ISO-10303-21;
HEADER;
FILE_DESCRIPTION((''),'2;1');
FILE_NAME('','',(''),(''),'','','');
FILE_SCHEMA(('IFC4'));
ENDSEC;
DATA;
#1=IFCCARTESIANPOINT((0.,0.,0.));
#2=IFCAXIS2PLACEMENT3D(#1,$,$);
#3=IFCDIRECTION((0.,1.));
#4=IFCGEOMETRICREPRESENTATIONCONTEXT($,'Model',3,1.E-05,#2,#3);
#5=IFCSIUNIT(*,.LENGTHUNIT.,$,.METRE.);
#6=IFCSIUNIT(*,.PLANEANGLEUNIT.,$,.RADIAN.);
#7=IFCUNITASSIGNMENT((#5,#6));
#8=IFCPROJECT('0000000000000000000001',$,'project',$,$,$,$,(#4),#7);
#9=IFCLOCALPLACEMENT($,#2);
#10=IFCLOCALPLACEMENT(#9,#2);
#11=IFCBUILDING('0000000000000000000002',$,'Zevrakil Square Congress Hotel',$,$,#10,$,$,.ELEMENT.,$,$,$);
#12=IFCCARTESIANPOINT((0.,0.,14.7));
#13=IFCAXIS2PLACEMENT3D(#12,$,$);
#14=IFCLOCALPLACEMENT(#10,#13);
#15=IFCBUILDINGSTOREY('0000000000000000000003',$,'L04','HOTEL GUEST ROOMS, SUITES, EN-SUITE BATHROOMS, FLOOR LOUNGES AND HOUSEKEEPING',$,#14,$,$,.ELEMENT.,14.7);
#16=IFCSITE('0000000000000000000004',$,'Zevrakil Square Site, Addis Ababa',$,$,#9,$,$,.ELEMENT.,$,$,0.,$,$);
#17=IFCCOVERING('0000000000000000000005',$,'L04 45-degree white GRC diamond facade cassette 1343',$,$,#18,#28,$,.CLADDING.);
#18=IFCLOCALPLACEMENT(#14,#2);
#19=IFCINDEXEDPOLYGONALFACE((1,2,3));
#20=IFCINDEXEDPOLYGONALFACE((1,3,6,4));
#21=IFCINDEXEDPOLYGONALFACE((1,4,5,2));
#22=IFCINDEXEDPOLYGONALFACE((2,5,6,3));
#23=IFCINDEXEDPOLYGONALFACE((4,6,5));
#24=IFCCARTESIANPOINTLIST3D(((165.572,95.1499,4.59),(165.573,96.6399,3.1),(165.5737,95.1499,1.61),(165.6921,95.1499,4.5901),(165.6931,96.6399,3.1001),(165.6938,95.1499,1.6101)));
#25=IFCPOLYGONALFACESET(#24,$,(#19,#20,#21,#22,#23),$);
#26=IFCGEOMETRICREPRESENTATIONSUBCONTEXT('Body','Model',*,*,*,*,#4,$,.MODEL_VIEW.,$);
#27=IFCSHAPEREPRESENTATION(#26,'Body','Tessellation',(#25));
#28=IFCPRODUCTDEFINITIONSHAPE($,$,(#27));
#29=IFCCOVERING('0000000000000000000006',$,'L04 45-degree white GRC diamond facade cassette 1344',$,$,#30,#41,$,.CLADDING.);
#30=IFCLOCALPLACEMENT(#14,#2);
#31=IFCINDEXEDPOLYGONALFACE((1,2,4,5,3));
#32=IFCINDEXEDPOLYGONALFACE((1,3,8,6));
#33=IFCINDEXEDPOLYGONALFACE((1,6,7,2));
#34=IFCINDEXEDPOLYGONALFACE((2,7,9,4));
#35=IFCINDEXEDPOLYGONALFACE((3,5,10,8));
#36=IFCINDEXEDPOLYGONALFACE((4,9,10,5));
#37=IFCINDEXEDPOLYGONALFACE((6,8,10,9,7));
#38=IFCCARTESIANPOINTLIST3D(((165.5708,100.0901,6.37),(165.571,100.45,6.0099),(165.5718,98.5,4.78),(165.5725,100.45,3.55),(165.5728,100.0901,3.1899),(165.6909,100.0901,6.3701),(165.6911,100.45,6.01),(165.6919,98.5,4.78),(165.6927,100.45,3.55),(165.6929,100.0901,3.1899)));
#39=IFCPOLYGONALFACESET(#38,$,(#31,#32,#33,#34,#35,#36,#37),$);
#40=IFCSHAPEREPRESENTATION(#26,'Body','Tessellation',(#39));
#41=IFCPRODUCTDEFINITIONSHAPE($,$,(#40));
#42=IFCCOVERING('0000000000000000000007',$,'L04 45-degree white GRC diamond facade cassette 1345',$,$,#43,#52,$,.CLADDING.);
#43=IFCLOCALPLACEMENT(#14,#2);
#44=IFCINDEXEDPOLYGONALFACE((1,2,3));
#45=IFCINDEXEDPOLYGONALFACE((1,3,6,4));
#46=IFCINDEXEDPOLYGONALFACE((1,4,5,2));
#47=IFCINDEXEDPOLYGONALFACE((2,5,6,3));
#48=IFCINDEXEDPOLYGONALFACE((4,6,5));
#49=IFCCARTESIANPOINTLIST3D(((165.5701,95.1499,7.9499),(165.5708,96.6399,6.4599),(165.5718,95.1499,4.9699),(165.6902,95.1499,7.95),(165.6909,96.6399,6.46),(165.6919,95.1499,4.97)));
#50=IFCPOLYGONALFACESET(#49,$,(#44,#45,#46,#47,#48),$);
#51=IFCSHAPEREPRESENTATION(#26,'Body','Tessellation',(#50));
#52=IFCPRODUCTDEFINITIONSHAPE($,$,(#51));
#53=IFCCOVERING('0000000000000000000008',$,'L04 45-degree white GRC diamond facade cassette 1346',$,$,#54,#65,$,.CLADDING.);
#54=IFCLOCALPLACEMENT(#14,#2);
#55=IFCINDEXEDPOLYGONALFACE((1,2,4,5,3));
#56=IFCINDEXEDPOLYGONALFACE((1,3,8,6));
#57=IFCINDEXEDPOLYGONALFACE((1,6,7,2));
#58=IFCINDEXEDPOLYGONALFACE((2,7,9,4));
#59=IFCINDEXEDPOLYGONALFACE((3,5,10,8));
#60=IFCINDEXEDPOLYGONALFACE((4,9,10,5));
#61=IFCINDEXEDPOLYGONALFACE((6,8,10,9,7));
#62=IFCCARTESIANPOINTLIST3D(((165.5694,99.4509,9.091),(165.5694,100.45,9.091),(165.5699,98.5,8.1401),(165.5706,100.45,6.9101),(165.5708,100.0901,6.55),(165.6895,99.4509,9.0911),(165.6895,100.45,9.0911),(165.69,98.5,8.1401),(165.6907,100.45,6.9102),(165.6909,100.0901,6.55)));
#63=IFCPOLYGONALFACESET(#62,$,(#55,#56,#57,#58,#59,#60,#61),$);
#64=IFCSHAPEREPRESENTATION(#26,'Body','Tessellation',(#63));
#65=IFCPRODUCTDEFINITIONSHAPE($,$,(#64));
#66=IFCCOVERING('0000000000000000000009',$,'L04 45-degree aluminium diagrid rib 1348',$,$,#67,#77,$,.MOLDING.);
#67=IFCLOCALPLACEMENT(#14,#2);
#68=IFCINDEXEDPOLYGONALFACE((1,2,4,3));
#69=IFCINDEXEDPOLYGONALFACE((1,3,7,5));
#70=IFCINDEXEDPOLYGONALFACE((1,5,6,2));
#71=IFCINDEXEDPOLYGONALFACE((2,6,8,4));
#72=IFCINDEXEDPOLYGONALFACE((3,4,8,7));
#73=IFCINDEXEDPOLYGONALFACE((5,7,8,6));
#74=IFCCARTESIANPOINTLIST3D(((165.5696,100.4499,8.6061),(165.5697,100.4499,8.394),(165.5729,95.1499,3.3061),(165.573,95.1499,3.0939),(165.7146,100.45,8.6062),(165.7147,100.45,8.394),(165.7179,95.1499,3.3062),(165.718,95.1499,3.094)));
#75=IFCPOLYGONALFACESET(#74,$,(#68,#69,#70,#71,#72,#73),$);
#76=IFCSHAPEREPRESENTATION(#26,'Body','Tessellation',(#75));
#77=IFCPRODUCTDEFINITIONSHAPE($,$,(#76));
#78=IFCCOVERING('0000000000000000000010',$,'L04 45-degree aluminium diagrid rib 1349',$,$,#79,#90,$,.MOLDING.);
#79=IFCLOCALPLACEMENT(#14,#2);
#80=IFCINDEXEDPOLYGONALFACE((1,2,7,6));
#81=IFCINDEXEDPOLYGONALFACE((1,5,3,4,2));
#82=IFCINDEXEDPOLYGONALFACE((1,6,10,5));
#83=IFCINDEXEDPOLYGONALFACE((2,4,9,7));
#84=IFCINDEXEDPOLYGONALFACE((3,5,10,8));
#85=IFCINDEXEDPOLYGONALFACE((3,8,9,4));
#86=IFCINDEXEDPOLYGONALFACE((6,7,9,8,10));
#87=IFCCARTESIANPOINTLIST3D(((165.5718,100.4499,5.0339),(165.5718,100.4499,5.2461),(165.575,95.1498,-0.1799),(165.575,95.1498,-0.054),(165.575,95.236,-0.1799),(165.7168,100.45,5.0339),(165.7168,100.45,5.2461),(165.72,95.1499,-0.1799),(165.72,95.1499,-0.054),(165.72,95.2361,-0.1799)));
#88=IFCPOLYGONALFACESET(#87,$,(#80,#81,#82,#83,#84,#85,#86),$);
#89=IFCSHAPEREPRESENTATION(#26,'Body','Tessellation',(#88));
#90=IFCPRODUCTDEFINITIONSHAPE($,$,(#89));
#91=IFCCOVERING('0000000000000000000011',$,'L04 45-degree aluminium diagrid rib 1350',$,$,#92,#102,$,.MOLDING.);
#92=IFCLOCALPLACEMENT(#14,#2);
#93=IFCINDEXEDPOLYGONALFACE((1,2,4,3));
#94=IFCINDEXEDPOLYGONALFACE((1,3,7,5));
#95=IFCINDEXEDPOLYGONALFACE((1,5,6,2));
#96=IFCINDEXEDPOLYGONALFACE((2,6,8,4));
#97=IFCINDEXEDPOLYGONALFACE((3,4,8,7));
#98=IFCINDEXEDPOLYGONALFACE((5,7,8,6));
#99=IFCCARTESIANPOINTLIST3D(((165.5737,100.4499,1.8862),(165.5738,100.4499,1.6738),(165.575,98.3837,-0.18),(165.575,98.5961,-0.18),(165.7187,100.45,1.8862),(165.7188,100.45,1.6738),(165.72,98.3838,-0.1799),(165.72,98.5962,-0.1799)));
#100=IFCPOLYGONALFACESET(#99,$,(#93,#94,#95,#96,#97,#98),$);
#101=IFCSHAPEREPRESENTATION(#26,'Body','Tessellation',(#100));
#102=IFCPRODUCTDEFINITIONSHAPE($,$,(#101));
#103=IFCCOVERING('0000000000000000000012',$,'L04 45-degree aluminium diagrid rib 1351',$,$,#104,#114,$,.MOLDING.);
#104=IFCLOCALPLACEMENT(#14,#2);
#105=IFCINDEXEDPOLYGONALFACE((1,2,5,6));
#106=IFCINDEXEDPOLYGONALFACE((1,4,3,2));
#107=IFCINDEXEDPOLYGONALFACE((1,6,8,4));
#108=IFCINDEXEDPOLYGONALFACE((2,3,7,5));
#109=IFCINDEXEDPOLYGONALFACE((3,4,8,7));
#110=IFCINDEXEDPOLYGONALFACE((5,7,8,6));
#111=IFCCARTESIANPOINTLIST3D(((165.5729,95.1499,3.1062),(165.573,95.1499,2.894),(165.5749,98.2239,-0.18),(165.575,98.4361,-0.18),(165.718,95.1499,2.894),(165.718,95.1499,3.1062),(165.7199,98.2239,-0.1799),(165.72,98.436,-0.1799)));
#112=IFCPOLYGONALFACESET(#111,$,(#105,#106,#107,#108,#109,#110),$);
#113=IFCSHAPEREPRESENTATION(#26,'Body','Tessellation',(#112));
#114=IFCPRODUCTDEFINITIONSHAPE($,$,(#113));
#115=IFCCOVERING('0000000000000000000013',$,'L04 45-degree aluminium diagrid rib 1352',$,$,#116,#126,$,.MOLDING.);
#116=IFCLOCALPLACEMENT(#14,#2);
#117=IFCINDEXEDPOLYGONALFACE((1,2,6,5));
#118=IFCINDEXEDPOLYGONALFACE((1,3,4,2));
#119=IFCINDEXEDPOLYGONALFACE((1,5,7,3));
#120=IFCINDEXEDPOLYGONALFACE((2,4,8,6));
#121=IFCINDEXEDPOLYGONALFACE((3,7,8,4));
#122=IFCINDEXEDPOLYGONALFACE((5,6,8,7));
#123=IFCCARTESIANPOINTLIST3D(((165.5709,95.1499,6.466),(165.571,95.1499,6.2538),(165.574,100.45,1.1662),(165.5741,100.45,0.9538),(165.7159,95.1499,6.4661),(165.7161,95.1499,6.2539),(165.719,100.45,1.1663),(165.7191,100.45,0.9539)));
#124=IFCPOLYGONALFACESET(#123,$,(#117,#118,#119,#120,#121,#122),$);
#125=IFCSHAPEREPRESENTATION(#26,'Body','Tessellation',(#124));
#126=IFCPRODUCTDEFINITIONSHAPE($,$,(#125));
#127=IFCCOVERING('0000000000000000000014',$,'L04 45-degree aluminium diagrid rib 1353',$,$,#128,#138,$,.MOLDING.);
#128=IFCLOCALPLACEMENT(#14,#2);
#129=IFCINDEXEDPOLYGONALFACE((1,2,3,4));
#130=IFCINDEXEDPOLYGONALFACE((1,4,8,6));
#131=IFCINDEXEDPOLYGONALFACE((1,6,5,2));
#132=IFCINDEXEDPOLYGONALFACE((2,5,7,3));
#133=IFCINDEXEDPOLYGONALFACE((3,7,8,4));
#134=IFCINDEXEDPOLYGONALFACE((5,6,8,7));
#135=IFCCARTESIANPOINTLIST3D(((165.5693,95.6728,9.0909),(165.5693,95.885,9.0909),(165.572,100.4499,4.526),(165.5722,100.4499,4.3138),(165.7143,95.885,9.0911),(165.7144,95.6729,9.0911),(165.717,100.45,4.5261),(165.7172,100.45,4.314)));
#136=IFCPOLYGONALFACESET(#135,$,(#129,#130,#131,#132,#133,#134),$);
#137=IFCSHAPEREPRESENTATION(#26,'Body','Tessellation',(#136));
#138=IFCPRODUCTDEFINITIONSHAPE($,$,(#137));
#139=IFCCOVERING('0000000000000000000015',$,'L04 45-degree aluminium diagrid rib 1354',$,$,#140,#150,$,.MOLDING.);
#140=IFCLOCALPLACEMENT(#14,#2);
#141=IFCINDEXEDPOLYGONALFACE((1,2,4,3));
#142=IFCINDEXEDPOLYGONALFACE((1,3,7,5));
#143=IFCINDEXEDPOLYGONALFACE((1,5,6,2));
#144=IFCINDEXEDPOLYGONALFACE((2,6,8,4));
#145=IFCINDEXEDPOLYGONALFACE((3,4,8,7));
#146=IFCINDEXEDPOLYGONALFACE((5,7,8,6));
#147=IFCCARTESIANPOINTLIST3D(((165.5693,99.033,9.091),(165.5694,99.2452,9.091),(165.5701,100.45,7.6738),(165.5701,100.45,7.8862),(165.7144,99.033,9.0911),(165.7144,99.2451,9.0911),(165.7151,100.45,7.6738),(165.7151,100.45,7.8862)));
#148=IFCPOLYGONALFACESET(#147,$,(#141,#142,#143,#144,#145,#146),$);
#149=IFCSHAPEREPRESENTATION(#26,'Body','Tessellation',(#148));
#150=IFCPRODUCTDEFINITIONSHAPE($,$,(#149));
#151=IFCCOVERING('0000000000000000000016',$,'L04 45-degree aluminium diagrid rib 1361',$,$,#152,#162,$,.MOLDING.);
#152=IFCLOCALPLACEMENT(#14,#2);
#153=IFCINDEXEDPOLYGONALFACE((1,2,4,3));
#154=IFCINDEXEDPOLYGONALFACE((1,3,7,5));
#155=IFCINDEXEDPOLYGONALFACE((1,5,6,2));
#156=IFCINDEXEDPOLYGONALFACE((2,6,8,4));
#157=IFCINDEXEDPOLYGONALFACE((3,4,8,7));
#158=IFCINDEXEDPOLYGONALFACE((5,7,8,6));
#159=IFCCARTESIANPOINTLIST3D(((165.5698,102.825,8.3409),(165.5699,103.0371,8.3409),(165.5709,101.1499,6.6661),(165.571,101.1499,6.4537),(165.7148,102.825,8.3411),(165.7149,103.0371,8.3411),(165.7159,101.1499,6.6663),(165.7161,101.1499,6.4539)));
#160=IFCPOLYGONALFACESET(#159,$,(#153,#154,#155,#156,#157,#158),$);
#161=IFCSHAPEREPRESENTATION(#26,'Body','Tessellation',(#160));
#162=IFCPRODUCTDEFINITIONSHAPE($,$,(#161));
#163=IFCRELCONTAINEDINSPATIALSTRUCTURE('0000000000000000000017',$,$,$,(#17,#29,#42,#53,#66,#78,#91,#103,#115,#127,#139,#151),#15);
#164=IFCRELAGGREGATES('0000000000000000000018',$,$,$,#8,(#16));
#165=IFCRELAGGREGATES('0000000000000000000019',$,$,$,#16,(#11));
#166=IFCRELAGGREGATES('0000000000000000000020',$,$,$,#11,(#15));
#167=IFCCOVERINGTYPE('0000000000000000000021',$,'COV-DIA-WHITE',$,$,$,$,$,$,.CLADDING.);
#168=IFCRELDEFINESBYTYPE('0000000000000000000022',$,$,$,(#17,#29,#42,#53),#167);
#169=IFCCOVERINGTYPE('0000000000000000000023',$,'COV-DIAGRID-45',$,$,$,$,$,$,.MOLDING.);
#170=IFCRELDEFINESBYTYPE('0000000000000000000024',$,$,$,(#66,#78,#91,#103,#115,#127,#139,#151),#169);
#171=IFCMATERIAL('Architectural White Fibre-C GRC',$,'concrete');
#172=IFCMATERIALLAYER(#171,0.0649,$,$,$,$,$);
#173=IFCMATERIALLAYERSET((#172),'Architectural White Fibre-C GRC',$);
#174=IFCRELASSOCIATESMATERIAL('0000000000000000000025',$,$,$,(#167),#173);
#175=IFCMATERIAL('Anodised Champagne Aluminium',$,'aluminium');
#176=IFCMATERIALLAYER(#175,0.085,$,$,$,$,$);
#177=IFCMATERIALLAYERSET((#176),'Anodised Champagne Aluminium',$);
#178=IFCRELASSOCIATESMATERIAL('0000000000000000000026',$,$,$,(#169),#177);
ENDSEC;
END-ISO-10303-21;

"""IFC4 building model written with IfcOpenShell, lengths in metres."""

from ifc_helpers import new_model, si_unit, direction, frame, origin, place, context, subcontext, project, spatial, polyline, outline, extrude, material, layer, layer_set, type_object, element, save


model = new_model("IFC4")

# Units and contexts
model_context = context("Model", 3, precision=1e-05, world=origin(), true_north=direction((0.0, 1.0)))
body_context = subcontext(model_context, "Body", "Model", "MODEL_VIEW")
ifc_project = project(units=[si_unit("LENGTHUNIT", "METRE"), si_unit("PLANEANGLEUNIT", "RADIAN")], contexts=[model_context])

# Site, building, storey
site_placement = place(None, origin())
site = spatial("IfcSite", under=ifc_project, at=site_placement, Name="Zevrakil Square Site, Addis Ababa", CompositionType="ELEMENT", RefElevation=0.0)
building_placement = place(site_placement, origin())
building = spatial("IfcBuilding", under=site, at=building_placement, Name="Zevrakil Square Congress Hotel", CompositionType="ELEMENT")
storey_placement = place(building_placement, frame((0.0, 0.0, 14.7)))
storey = spatial("IfcBuildingStorey", under=building, at=storey_placement, Name="L04", Description="HOTEL GUEST ROOMS, SUITES, EN-SUITE BATHROOMS, FLOOR LOUNGES AND HOUSEKEEPING", CompositionType="ELEMENT", Elevation=14.7)

# Coverings
ifc_material_1 = material(Name="Architectural White Fibre-C GRC", Category="concrete")
ifc_layer_1 = layer(ifc_material_1, 0.0649)
ifc_layer_set_1 = layer_set([ifc_layer_1], Name="Architectural White Fibre-C GRC")
covering_type_1 = type_object("IfcCoveringType", Name="COV-DIA-WHITE", PredefinedType="CLADDING", material=ifc_layer_set_1)
covering_1_placement = place(storey_placement, frame((165.6931, 96.6399, 3.1001), z_axis=(1.0, -0.000082, 0.000573), x_axis=(0.000348, -0.707107, -0.707107)))
element("IfcCovering", 1, at=covering_1_placement, inside=storey, type_object=covering_type_1, Name="L04 45-degree white GRC diamond facade cassette 1343", PredefinedType="CLADDING", context=body_context, shape_type="SweptSolid", body=[
    extrude(outline(polyline([(0.0, 0.0), (2.1072, 0.0), (0.0, -2.1072), (0.0, 0.0)])), origin(), (0.0, 0.0, -1.0), 0.1201),
])
covering_2_placement = place(storey_placement, frame((165.6929, 100.0901, 3.1899), z_axis=(1.0, 0.0, 0.000612), x_axis=(-0.000433, -0.707107, 0.707107)))
element("IfcCovering", 2, at=covering_2_placement, inside=storey, type_object=covering_type_1, Name="L04 45-degree white GRC diamond facade cassette 1344", PredefinedType="CLADDING", context=body_context, shape_type="SweptSolid", body=[
    extrude(outline(polyline([(0.0, 0.0), (2.2487, 0.0), (2.2487, -2.2487), (1.7396, -2.2486), (0.0002, -0.5091), (0.0, 0.0)])), origin(), (0.0, 0.0, -1.0), 0.1201),
])
covering_3_placement = place(storey_placement, frame((165.6909, 96.6399, 6.46), z_axis=(1.0, 0.000082, 0.000573), x_axis=(0.000463, -0.707107, -0.707107)))
element("IfcCovering", 3, at=covering_3_placement, inside=storey, type_object=covering_type_1, Name="L04 45-degree white GRC diamond facade cassette 1345", PredefinedType="CLADDING", context=body_context, shape_type="SweptSolid", body=[
    extrude(outline(polyline([(0.0, 0.0), (2.1072, 0.0), (0.0, -2.1072), (0.0, 0.0)])), origin(), (0.0, 0.0, -1.0), 0.1201),
])
covering_4_placement = place(storey_placement, frame((165.6909, 100.0901, 6.55), z_axis=(1.0, -0.000009, 0.000568), x_axis=(-0.000409, -0.707107, 0.707107)))
element("IfcCovering", 4, at=covering_4_placement, inside=storey, type_object=covering_type_1, Name="L04 45-degree white GRC diamond facade cassette 1346", PredefinedType="CLADDING", context=body_context, shape_type="SweptSolid", body=[
    extrude(outline(polyline([(0.0, 0.0), (2.2487, 0.0), (2.2487, -1.3448), (1.5423, -2.0512), (0.0002, -0.5091), (0.0, 0.0)])), origin(), (0.0, 0.0, -1.0), 0.1201),
])
ifc_material_2 = material(Name="Anodised Champagne Aluminium", Category="aluminium")
ifc_layer_2 = layer(ifc_material_2, 0.085)
ifc_layer_set_2 = layer_set([ifc_layer_2], Name="Anodised Champagne Aluminium")
covering_type_2 = type_object("IfcCoveringType", Name="COV-DIAGRID-45", PredefinedType="MOLDING", material=ifc_layer_set_2)
covering_5_placement = place(storey_placement, frame((165.718, 95.1499, 3.094), z_axis=(1.0, 0.000046, 0.000575), x_axis=(-0.000575, 0.0, 1.0)))
element("IfcCovering", 5, at=covering_5_placement, inside=storey, type_object=covering_type_2, Name="L04 45-degree aluminium diagrid rib 1348", PredefinedType="MOLDING", context=body_context, shape_type="SweptSolid", body=[
    extrude(outline(polyline([(0.0, 0.0), (0.2122, 0.0), (5.5122, -5.3), (5.3, -5.3), (0.0, 0.0)])), origin(), (0.0, 0.0, -1.0), 0.145),
])
covering_6_placement = place(storey_placement, frame((165.72, 95.2361, -0.1799), z_axis=(1.0, 0.000479, 0.000122), x_axis=(0.000479, -1.0, 0.0)))
element("IfcCovering", 6, at=covering_6_placement, inside=storey, type_object=covering_type_2, Name="L04 45-degree aluminium diagrid rib 1349", PredefinedType="MOLDING", context=body_context, shape_type="SweptSolid", body=[
    extrude(outline(polyline([(0.0, 0.0), (0.0862, 0.0), (0.0862, -0.126), (-5.2139, -5.426), (-5.2139, -5.2139), (0.0, 0.0)])), origin(), (0.0, 0.0, -1.0), 0.145),
])
covering_7_placement = place(storey_placement, frame((165.72, 98.5962, -0.1799), z_axis=(1.0, 0.000311, 0.000311), x_axis=(0.000311, -1.0, 0.0)))
element("IfcCovering", 7, at=covering_7_placement, inside=storey, type_object=covering_type_2, Name="L04 45-degree aluminium diagrid rib 1350", PredefinedType="MOLDING", context=body_context, shape_type="SweptSolid", body=[
    extrude(outline(polyline([(0.0, 0.0), (0.2124, 0.0), (-1.8538, -2.0662), (-1.8538, -1.8538), (0.0, 0.0)])), origin(), (0.0, 0.0, -1.0), 0.145),
])
covering_8_placement = place(storey_placement, frame((165.718, 95.1499, 2.894), z_axis=(1.0, -0.000307, 0.000307), x_axis=(-0.000307, 0.0, 1.0)))
element("IfcCovering", 8, at=covering_8_placement, inside=storey, type_object=covering_type_2, Name="L04 45-degree aluminium diagrid rib 1351", PredefinedType="MOLDING", context=body_context, shape_type="SweptSolid", body=[
    extrude(outline(polyline([(0.0, 0.0), (0.2122, 0.0), (-3.074, -3.2861), (-3.074, -3.074), (0.0, 0.0)])), origin(), (0.0, 0.0, -1.0), 0.145),
])
covering_9_placement = place(storey_placement, frame((165.7161, 95.1499, 6.2539), z_axis=(1.0, -0.000001, 0.000575), x_axis=(-0.000575, 0.0, 1.0)))
element("IfcCovering", 9, at=covering_9_placement, inside=storey, type_object=covering_type_2, Name="L04 45-degree aluminium diagrid rib 1352", PredefinedType="MOLDING", context=body_context, shape_type="SweptSolid", body=[
    extrude(outline(polyline([(0.0, 0.0), (0.2122, 0.0), (-5.0876, -5.3), (-5.3, -5.3), (0.0, 0.0)])), origin(), (0.0, 0.0, -1.0), 0.145),
])
covering_10_placement = place(storey_placement, frame((165.7144, 95.6729, 9.0911), z_axis=(1.0, 0.000275, 0.000876), x_axis=(-0.000275, 1.0, 0.0)))
element("IfcCovering", 10, at=covering_10_placement, inside=storey, type_object=covering_type_2, Name="L04 45-degree aluminium diagrid rib 1353", PredefinedType="MOLDING", context=body_context, shape_type="SweptSolid", body=[
    extrude(outline(polyline([(0.0, 0.0), (0.2122, 0.0), (4.7771, -4.5649), (4.7771, -4.7771), (0.0, 0.0)])), origin(), (0.0, 0.0, -1.0), 0.145),
])
covering_11_placement = place(storey_placement, frame((165.7144, 99.033, 9.0911), z_axis=(1.0, -0.00028, 0.000279), x_axis=(0.00028, 1.0, 0.0)))
element("IfcCovering", 11, at=covering_11_placement, inside=storey, type_object=covering_type_2, Name="L04 45-degree aluminium diagrid rib 1354", PredefinedType="MOLDING", context=body_context, shape_type="SweptSolid", body=[
    extrude(outline(polyline([(0.0, 0.0), (0.2122, 0.0), (1.417, -1.2048), (1.417, -1.4172), (0.0, 0.0)])), origin(), (0.0, 0.0, -1.0), 0.145),
])
covering_12_placement = place(storey_placement, frame((165.7161, 101.1499, 6.4539), z_axis=(1.0, -0.000266, 0.000883), x_axis=(-0.000883, 0.0, 1.0)))
element("IfcCovering", 12, at=covering_12_placement, inside=storey, type_object=covering_type_2, Name="L04 45-degree aluminium diagrid rib 1361", PredefinedType="MOLDING", context=body_context, shape_type="SweptSolid", body=[
    extrude(outline(polyline([(0.0, 0.0), (0.2124, 0.0), (1.8872, -1.675), (1.8872, -1.8872), (0.0, 0.0)])), origin(), (0.0, 0.0, -1.0), 0.145),
])

save(model, "model.ifc")
